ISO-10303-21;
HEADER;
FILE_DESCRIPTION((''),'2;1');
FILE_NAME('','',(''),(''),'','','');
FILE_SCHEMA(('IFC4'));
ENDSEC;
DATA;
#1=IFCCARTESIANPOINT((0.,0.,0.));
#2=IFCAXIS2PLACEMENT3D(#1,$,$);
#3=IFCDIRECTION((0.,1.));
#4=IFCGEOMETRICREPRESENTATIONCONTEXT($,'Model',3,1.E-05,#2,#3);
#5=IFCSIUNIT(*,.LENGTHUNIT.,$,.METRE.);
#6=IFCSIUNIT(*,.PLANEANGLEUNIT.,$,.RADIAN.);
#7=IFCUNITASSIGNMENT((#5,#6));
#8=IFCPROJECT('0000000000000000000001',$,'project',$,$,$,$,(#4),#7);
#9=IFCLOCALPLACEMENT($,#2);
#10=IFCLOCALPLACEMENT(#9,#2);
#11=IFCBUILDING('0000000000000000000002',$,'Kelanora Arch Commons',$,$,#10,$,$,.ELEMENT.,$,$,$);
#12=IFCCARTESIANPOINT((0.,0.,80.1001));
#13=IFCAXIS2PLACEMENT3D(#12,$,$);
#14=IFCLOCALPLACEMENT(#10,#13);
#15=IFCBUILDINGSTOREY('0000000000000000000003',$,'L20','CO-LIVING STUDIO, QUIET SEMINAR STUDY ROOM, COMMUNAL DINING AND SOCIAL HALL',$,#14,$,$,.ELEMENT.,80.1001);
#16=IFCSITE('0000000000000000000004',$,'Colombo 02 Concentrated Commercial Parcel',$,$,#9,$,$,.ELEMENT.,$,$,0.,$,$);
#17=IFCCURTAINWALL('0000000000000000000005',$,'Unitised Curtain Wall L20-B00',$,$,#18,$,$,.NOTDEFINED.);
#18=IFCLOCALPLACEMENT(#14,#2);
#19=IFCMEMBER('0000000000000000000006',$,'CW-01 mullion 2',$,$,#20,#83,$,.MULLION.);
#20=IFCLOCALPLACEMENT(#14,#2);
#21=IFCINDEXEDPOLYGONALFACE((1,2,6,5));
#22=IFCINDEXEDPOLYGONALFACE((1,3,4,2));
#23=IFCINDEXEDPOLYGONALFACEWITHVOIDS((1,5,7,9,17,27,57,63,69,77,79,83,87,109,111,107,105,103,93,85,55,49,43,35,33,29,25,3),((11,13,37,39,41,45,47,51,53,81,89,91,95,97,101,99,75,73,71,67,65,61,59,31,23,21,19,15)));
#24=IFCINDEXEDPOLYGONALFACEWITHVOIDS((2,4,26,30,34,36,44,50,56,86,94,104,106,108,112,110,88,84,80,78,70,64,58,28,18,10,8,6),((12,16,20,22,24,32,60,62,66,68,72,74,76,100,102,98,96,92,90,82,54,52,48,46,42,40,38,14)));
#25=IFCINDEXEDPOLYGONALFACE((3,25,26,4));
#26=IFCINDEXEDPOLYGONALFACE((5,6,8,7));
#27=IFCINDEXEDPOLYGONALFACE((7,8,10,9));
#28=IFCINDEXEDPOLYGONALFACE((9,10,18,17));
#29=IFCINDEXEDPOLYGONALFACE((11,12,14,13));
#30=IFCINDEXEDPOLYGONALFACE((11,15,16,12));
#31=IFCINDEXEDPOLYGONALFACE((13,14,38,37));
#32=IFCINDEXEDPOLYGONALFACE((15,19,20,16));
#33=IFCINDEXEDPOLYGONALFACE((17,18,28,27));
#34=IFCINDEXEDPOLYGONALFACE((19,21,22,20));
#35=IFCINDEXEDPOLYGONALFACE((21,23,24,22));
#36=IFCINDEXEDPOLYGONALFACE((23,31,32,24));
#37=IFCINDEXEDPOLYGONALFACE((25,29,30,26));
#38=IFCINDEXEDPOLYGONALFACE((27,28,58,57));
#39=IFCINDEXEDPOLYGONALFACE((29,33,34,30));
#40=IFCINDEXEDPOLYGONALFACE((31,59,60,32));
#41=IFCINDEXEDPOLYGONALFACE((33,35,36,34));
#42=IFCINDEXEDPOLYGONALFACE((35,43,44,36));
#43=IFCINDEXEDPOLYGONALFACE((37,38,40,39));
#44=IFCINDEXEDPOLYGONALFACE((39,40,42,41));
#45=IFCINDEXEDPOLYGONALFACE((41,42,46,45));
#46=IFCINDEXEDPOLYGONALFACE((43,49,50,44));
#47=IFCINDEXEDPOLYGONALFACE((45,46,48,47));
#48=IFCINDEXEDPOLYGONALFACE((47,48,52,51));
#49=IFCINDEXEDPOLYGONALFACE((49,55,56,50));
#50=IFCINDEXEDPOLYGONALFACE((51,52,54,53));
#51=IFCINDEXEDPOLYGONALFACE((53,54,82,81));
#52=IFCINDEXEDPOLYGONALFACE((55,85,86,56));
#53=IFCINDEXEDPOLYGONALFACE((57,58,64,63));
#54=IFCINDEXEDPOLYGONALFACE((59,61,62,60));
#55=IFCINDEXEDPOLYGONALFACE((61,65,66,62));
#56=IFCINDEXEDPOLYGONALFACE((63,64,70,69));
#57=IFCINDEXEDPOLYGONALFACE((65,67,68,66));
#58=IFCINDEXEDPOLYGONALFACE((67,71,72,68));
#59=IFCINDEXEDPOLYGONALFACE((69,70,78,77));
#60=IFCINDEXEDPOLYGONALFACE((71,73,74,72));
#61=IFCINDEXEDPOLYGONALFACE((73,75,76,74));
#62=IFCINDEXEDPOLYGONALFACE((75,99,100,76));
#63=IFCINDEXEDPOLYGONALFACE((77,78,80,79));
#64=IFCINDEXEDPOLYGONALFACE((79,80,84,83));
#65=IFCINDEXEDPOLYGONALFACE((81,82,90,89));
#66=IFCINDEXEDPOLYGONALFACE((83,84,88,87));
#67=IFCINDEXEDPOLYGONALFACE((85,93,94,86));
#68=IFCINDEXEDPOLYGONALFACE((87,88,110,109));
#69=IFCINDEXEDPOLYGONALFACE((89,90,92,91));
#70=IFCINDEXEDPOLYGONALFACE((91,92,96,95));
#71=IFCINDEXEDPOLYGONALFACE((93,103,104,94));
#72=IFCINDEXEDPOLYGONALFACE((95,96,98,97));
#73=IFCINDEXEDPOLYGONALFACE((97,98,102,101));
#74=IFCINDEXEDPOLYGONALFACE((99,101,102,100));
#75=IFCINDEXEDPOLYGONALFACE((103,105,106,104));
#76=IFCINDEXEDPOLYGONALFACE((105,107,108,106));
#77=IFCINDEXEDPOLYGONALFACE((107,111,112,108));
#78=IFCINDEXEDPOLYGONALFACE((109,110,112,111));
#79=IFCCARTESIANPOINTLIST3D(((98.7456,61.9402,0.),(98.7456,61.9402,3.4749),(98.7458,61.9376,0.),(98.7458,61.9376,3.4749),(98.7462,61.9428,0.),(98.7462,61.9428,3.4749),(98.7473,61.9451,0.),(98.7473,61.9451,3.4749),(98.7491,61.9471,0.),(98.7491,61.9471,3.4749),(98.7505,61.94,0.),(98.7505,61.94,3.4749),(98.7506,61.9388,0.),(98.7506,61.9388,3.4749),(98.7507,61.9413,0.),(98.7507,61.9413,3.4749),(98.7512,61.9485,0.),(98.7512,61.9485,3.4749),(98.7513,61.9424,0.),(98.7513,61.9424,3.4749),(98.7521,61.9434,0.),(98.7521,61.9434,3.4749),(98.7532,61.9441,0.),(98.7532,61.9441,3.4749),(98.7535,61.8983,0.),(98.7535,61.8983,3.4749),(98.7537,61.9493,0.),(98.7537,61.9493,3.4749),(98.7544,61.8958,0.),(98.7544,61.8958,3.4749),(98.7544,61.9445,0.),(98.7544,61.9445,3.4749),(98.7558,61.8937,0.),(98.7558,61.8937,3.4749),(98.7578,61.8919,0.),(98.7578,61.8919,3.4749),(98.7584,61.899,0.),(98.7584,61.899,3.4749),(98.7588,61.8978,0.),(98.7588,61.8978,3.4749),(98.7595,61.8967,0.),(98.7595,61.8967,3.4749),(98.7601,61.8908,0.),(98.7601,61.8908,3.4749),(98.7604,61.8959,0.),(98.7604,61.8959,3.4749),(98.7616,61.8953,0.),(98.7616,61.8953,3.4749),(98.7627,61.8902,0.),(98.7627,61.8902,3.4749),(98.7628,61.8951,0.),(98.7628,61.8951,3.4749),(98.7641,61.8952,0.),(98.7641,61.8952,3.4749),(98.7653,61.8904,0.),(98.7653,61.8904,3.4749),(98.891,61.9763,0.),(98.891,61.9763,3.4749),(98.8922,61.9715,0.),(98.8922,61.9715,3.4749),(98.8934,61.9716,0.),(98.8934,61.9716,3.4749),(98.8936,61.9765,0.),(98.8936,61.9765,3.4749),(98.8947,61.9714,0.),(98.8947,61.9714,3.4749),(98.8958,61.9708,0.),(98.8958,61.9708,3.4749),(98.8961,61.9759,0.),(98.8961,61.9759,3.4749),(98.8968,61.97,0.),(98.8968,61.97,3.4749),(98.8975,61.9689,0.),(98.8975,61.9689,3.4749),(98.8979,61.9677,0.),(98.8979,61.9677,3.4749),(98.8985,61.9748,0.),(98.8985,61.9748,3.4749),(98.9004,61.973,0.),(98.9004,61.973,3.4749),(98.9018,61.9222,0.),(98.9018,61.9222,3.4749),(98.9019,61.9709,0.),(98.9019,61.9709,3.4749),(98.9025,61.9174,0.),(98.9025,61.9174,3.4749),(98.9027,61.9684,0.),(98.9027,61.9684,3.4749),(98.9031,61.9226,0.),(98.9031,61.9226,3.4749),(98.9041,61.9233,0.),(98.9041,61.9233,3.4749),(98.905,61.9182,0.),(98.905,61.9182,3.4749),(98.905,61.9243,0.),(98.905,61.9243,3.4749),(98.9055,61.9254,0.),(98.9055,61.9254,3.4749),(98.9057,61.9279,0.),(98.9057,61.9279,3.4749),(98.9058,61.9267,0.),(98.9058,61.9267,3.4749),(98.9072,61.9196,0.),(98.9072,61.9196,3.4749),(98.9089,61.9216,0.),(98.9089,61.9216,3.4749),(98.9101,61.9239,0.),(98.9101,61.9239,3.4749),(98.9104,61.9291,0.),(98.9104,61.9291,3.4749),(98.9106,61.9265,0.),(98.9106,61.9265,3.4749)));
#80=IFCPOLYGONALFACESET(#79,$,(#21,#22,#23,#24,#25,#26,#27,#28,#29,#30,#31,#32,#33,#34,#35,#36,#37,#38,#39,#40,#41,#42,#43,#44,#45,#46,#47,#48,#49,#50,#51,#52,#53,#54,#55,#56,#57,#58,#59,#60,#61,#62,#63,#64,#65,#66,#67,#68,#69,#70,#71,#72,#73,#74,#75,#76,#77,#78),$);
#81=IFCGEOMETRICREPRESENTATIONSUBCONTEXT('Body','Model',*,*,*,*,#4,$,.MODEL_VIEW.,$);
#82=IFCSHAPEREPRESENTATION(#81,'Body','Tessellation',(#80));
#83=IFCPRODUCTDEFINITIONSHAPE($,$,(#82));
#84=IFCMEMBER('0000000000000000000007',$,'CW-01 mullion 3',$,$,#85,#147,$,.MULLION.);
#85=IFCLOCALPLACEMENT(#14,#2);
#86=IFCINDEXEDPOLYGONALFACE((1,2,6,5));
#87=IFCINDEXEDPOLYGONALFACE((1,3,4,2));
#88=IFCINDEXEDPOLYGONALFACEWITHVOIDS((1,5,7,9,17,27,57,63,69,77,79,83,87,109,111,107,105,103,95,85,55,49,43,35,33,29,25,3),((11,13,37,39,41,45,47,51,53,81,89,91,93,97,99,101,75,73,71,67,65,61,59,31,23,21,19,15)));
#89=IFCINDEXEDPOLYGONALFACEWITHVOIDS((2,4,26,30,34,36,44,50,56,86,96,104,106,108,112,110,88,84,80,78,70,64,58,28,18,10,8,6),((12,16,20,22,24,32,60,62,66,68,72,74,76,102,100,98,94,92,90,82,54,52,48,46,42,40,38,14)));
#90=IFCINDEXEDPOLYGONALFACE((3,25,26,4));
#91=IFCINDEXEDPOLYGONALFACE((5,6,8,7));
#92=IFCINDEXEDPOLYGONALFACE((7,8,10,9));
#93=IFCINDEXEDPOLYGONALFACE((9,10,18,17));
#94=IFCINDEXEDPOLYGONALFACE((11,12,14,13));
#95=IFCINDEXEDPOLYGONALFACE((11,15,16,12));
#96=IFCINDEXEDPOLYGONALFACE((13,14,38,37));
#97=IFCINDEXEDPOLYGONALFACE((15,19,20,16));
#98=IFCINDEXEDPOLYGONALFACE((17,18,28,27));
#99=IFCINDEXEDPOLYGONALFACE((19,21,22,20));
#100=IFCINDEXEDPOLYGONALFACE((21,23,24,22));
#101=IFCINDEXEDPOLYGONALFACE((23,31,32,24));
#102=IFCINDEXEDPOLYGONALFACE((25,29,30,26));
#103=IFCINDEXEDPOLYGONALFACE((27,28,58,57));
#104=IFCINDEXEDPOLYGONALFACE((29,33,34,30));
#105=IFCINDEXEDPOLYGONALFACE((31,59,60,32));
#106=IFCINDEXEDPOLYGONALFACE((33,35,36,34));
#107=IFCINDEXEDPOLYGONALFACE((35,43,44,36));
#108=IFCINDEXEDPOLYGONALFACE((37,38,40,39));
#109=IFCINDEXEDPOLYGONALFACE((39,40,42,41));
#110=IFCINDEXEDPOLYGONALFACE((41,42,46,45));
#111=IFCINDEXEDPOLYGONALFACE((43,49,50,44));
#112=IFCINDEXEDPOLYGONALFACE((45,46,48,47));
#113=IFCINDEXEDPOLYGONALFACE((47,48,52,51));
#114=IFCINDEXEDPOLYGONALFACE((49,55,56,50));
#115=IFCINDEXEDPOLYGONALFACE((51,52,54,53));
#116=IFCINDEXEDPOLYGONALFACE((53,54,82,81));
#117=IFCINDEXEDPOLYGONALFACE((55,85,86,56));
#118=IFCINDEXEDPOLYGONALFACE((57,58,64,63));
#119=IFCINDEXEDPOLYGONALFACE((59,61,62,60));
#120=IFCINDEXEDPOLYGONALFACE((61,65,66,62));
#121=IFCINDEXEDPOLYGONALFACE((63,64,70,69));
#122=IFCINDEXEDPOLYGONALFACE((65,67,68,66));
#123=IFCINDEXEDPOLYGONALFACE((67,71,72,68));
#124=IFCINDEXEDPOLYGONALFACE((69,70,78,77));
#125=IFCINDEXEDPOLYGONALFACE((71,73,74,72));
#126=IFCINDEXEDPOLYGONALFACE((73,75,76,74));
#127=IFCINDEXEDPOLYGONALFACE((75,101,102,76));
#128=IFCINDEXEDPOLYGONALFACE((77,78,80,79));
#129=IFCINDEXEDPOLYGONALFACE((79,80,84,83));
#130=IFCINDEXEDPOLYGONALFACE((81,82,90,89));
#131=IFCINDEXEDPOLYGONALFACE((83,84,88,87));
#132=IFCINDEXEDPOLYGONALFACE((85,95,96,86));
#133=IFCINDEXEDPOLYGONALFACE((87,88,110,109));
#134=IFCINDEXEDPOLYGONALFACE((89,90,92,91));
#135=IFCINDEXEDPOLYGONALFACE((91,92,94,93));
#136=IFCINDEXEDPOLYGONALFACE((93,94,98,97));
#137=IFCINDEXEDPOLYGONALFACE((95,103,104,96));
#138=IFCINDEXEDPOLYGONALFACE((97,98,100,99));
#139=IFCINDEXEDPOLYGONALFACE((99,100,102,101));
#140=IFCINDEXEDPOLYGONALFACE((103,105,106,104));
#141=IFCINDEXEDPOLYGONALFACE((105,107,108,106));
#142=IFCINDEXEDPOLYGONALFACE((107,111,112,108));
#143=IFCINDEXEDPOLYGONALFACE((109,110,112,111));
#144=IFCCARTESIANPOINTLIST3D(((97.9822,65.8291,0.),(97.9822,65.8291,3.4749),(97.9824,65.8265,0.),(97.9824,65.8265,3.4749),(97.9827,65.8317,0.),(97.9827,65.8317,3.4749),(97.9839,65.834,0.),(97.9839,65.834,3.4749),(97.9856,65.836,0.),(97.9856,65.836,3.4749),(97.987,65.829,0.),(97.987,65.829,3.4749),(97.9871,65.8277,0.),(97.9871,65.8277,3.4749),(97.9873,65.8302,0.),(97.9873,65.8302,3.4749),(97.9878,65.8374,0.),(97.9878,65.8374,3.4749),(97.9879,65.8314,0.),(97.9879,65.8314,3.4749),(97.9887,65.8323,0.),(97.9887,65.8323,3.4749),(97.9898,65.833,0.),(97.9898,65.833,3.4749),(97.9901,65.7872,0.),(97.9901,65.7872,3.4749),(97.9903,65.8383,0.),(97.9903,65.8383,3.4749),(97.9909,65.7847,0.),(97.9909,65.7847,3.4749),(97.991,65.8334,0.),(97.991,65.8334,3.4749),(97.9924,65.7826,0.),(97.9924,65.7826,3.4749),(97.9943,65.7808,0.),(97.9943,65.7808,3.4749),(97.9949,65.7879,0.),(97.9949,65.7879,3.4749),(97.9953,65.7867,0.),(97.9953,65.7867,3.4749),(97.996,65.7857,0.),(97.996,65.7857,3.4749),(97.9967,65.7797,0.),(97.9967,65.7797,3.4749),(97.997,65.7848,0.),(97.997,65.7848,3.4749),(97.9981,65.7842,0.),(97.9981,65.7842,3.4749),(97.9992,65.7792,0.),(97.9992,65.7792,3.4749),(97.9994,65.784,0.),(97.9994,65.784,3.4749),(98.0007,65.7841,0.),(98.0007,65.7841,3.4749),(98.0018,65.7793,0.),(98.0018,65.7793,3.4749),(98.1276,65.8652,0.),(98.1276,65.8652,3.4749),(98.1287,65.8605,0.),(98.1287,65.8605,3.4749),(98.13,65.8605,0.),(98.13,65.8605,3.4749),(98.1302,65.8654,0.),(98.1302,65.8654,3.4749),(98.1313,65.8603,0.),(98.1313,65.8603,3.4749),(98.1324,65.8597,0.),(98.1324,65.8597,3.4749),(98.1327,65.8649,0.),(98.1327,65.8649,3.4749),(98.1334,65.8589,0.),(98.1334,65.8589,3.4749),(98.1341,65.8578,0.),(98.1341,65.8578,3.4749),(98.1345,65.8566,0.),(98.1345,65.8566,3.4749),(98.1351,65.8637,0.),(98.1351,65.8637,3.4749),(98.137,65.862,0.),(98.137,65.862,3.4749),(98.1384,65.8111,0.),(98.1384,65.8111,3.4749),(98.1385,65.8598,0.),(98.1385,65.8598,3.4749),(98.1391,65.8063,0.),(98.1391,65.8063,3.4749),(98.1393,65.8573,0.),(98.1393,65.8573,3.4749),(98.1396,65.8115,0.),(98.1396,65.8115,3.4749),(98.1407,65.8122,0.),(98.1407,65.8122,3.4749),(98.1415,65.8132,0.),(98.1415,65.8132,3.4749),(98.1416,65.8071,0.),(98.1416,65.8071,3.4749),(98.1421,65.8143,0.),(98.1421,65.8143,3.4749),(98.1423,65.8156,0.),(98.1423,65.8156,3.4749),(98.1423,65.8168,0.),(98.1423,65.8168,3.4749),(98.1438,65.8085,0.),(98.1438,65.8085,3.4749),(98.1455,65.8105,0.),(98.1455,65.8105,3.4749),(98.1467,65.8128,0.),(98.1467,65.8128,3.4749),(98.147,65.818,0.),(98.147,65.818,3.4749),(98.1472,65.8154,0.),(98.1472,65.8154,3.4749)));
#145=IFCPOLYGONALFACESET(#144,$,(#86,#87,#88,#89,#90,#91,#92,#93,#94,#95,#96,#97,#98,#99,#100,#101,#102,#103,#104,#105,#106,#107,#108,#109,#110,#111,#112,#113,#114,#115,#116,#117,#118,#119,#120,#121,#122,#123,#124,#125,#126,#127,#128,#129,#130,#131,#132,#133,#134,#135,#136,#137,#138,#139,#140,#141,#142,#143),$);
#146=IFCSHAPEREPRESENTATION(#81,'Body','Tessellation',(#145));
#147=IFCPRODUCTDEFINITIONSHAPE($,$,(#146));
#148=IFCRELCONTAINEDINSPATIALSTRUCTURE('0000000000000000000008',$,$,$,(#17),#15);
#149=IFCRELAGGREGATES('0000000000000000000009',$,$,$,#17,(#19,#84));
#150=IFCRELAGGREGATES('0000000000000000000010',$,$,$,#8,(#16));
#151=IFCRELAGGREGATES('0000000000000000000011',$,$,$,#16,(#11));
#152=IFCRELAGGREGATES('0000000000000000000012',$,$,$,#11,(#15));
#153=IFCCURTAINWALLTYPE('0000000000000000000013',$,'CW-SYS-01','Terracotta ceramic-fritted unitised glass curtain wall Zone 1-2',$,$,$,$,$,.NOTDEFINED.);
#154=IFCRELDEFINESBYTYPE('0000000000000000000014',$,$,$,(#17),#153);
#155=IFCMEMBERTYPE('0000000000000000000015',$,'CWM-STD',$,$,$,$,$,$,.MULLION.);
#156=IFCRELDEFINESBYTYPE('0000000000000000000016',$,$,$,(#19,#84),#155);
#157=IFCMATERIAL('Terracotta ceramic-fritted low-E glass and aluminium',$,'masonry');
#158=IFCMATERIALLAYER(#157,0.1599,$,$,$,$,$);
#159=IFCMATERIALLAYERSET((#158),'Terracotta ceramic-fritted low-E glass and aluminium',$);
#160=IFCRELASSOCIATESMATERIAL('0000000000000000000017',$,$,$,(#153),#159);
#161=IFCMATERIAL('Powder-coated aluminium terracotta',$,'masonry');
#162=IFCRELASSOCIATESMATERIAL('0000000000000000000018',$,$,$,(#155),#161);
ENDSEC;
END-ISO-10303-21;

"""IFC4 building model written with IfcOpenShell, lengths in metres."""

from ifc_helpers import new_model, si_unit, direction, frame, origin, origin_2d, place, context, subcontext, project, spatial, hollow_rectangle, extrude, material, layer, layer_set, material_profile, profile_set, type_object, element, aggregate, save


model = new_model("IFC4")

# Units and contexts
model_context = context("Model", 3, precision=1e-05, world=origin(), true_north=direction((0.0, 1.0)))
body_context = subcontext(model_context, "Body", "Model", "MODEL_VIEW")
ifc_project = project(units=[si_unit("LENGTHUNIT", "METRE"), si_unit("PLANEANGLEUNIT", "RADIAN")], contexts=[model_context])

# Site, building, storey
site_placement = place(None, origin())
site = spatial("IfcSite", under=ifc_project, at=site_placement, Name="Colombo 02 Concentrated Commercial Parcel", CompositionType="ELEMENT", RefElevation=0.0)
building_placement = place(site_placement, origin())
building = spatial("IfcBuilding", under=site, at=building_placement, Name="Kelanora Arch Commons", CompositionType="ELEMENT")
storey_placement = place(building_placement, frame((0.0, 0.0, 80.1001)))
storey = spatial("IfcBuildingStorey", under=building, at=storey_placement, Name="L20", Description="CO-LIVING STUDIO, QUIET SEMINAR STUDY ROOM, COMMUNAL DINING AND SOCIAL HALL", CompositionType="ELEMENT", Elevation=80.1001)

# Curtain wall, members
ifc_material_1 = material(Name="Terracotta ceramic-fritted low-E glass and aluminium", Category="masonry")
ifc_layer_1 = layer(ifc_material_1, 0.1599)
ifc_layer_set_1 = layer_set([ifc_layer_1], Name="Terracotta ceramic-fritted low-E glass and aluminium")
curtain_wall_type = type_object("IfcCurtainWallType", Name="CW-SYS-01", Description="Terracotta ceramic-fritted unitised glass curtain wall Zone 1-2", PredefinedType="NOTDEFINED", material=ifc_layer_set_1)
curtain_wall_placement = place(storey_placement, origin())
curtain_wall = element("IfcCurtainWall", 1, at=curtain_wall_placement, inside=storey, type_object=curtain_wall_type, Name="Unitised Curtain Wall L20-B00", PredefinedType="NOTDEFINED")
ifc_material_2 = material(Name="Powder-coated aluminium terracotta", Category="masonry")
ifc_material_profile_1 = material_profile(ifc_material_2, hollow_rectangle(XDim=0.1599, YDim=0.0601, WallThickness=0.0049, InnerFilletRadius=0.0049, OuterFilletRadius=0.01, at=origin_2d()), Name="CWM160x60")
ifc_profile_set_1 = profile_set([ifc_material_profile_1], Name="Powder-coated aluminium terracotta")
member_type_1 = type_object("IfcMemberType", Name="CWM-STD", PredefinedType="MULLION", material=ifc_profile_set_1)
member_1_placement = place(storey_placement, frame((98.8281, 61.9333, 0.0), z_axis=(0.0, 0.0, 1.0), x_axis=(-0.98128, -0.192585, 0.0)))
member_1 = element("IfcMember", 2, at=member_1_placement, type_object=member_type_1, Name="CW-01 mullion 2", PredefinedType="MULLION", context=body_context, shape_type="SweptSolid", body=[
    extrude(hollow_rectangle(XDim=0.1599, YDim=0.0601, WallThickness=0.0049, InnerFilletRadius=0.0049, OuterFilletRadius=0.01, at=origin_2d()), origin(), (0.0, 0.0, 1.0), 3.4749),
])
member_2_placement = place(storey_placement, frame((98.0647, 65.8223, 0.0), z_axis=(0.0, 0.0, 1.0), x_axis=(-0.98128, -0.192585, 0.0)))
member_2 = element("IfcMember", 3, at=member_2_placement, type_object=member_type_1, Name="CW-01 mullion 3", PredefinedType="MULLION", context=body_context, shape_type="SweptSolid", body=[
    extrude(hollow_rectangle(XDim=0.1599, YDim=0.0601, WallThickness=0.0049, InnerFilletRadius=0.0049, OuterFilletRadius=0.01, at=origin_2d()), origin(), (0.0, 0.0, 1.0), 3.4749),
])
aggregate(curtain_wall, [member_1, member_2])

save(model, "model.ifc")
